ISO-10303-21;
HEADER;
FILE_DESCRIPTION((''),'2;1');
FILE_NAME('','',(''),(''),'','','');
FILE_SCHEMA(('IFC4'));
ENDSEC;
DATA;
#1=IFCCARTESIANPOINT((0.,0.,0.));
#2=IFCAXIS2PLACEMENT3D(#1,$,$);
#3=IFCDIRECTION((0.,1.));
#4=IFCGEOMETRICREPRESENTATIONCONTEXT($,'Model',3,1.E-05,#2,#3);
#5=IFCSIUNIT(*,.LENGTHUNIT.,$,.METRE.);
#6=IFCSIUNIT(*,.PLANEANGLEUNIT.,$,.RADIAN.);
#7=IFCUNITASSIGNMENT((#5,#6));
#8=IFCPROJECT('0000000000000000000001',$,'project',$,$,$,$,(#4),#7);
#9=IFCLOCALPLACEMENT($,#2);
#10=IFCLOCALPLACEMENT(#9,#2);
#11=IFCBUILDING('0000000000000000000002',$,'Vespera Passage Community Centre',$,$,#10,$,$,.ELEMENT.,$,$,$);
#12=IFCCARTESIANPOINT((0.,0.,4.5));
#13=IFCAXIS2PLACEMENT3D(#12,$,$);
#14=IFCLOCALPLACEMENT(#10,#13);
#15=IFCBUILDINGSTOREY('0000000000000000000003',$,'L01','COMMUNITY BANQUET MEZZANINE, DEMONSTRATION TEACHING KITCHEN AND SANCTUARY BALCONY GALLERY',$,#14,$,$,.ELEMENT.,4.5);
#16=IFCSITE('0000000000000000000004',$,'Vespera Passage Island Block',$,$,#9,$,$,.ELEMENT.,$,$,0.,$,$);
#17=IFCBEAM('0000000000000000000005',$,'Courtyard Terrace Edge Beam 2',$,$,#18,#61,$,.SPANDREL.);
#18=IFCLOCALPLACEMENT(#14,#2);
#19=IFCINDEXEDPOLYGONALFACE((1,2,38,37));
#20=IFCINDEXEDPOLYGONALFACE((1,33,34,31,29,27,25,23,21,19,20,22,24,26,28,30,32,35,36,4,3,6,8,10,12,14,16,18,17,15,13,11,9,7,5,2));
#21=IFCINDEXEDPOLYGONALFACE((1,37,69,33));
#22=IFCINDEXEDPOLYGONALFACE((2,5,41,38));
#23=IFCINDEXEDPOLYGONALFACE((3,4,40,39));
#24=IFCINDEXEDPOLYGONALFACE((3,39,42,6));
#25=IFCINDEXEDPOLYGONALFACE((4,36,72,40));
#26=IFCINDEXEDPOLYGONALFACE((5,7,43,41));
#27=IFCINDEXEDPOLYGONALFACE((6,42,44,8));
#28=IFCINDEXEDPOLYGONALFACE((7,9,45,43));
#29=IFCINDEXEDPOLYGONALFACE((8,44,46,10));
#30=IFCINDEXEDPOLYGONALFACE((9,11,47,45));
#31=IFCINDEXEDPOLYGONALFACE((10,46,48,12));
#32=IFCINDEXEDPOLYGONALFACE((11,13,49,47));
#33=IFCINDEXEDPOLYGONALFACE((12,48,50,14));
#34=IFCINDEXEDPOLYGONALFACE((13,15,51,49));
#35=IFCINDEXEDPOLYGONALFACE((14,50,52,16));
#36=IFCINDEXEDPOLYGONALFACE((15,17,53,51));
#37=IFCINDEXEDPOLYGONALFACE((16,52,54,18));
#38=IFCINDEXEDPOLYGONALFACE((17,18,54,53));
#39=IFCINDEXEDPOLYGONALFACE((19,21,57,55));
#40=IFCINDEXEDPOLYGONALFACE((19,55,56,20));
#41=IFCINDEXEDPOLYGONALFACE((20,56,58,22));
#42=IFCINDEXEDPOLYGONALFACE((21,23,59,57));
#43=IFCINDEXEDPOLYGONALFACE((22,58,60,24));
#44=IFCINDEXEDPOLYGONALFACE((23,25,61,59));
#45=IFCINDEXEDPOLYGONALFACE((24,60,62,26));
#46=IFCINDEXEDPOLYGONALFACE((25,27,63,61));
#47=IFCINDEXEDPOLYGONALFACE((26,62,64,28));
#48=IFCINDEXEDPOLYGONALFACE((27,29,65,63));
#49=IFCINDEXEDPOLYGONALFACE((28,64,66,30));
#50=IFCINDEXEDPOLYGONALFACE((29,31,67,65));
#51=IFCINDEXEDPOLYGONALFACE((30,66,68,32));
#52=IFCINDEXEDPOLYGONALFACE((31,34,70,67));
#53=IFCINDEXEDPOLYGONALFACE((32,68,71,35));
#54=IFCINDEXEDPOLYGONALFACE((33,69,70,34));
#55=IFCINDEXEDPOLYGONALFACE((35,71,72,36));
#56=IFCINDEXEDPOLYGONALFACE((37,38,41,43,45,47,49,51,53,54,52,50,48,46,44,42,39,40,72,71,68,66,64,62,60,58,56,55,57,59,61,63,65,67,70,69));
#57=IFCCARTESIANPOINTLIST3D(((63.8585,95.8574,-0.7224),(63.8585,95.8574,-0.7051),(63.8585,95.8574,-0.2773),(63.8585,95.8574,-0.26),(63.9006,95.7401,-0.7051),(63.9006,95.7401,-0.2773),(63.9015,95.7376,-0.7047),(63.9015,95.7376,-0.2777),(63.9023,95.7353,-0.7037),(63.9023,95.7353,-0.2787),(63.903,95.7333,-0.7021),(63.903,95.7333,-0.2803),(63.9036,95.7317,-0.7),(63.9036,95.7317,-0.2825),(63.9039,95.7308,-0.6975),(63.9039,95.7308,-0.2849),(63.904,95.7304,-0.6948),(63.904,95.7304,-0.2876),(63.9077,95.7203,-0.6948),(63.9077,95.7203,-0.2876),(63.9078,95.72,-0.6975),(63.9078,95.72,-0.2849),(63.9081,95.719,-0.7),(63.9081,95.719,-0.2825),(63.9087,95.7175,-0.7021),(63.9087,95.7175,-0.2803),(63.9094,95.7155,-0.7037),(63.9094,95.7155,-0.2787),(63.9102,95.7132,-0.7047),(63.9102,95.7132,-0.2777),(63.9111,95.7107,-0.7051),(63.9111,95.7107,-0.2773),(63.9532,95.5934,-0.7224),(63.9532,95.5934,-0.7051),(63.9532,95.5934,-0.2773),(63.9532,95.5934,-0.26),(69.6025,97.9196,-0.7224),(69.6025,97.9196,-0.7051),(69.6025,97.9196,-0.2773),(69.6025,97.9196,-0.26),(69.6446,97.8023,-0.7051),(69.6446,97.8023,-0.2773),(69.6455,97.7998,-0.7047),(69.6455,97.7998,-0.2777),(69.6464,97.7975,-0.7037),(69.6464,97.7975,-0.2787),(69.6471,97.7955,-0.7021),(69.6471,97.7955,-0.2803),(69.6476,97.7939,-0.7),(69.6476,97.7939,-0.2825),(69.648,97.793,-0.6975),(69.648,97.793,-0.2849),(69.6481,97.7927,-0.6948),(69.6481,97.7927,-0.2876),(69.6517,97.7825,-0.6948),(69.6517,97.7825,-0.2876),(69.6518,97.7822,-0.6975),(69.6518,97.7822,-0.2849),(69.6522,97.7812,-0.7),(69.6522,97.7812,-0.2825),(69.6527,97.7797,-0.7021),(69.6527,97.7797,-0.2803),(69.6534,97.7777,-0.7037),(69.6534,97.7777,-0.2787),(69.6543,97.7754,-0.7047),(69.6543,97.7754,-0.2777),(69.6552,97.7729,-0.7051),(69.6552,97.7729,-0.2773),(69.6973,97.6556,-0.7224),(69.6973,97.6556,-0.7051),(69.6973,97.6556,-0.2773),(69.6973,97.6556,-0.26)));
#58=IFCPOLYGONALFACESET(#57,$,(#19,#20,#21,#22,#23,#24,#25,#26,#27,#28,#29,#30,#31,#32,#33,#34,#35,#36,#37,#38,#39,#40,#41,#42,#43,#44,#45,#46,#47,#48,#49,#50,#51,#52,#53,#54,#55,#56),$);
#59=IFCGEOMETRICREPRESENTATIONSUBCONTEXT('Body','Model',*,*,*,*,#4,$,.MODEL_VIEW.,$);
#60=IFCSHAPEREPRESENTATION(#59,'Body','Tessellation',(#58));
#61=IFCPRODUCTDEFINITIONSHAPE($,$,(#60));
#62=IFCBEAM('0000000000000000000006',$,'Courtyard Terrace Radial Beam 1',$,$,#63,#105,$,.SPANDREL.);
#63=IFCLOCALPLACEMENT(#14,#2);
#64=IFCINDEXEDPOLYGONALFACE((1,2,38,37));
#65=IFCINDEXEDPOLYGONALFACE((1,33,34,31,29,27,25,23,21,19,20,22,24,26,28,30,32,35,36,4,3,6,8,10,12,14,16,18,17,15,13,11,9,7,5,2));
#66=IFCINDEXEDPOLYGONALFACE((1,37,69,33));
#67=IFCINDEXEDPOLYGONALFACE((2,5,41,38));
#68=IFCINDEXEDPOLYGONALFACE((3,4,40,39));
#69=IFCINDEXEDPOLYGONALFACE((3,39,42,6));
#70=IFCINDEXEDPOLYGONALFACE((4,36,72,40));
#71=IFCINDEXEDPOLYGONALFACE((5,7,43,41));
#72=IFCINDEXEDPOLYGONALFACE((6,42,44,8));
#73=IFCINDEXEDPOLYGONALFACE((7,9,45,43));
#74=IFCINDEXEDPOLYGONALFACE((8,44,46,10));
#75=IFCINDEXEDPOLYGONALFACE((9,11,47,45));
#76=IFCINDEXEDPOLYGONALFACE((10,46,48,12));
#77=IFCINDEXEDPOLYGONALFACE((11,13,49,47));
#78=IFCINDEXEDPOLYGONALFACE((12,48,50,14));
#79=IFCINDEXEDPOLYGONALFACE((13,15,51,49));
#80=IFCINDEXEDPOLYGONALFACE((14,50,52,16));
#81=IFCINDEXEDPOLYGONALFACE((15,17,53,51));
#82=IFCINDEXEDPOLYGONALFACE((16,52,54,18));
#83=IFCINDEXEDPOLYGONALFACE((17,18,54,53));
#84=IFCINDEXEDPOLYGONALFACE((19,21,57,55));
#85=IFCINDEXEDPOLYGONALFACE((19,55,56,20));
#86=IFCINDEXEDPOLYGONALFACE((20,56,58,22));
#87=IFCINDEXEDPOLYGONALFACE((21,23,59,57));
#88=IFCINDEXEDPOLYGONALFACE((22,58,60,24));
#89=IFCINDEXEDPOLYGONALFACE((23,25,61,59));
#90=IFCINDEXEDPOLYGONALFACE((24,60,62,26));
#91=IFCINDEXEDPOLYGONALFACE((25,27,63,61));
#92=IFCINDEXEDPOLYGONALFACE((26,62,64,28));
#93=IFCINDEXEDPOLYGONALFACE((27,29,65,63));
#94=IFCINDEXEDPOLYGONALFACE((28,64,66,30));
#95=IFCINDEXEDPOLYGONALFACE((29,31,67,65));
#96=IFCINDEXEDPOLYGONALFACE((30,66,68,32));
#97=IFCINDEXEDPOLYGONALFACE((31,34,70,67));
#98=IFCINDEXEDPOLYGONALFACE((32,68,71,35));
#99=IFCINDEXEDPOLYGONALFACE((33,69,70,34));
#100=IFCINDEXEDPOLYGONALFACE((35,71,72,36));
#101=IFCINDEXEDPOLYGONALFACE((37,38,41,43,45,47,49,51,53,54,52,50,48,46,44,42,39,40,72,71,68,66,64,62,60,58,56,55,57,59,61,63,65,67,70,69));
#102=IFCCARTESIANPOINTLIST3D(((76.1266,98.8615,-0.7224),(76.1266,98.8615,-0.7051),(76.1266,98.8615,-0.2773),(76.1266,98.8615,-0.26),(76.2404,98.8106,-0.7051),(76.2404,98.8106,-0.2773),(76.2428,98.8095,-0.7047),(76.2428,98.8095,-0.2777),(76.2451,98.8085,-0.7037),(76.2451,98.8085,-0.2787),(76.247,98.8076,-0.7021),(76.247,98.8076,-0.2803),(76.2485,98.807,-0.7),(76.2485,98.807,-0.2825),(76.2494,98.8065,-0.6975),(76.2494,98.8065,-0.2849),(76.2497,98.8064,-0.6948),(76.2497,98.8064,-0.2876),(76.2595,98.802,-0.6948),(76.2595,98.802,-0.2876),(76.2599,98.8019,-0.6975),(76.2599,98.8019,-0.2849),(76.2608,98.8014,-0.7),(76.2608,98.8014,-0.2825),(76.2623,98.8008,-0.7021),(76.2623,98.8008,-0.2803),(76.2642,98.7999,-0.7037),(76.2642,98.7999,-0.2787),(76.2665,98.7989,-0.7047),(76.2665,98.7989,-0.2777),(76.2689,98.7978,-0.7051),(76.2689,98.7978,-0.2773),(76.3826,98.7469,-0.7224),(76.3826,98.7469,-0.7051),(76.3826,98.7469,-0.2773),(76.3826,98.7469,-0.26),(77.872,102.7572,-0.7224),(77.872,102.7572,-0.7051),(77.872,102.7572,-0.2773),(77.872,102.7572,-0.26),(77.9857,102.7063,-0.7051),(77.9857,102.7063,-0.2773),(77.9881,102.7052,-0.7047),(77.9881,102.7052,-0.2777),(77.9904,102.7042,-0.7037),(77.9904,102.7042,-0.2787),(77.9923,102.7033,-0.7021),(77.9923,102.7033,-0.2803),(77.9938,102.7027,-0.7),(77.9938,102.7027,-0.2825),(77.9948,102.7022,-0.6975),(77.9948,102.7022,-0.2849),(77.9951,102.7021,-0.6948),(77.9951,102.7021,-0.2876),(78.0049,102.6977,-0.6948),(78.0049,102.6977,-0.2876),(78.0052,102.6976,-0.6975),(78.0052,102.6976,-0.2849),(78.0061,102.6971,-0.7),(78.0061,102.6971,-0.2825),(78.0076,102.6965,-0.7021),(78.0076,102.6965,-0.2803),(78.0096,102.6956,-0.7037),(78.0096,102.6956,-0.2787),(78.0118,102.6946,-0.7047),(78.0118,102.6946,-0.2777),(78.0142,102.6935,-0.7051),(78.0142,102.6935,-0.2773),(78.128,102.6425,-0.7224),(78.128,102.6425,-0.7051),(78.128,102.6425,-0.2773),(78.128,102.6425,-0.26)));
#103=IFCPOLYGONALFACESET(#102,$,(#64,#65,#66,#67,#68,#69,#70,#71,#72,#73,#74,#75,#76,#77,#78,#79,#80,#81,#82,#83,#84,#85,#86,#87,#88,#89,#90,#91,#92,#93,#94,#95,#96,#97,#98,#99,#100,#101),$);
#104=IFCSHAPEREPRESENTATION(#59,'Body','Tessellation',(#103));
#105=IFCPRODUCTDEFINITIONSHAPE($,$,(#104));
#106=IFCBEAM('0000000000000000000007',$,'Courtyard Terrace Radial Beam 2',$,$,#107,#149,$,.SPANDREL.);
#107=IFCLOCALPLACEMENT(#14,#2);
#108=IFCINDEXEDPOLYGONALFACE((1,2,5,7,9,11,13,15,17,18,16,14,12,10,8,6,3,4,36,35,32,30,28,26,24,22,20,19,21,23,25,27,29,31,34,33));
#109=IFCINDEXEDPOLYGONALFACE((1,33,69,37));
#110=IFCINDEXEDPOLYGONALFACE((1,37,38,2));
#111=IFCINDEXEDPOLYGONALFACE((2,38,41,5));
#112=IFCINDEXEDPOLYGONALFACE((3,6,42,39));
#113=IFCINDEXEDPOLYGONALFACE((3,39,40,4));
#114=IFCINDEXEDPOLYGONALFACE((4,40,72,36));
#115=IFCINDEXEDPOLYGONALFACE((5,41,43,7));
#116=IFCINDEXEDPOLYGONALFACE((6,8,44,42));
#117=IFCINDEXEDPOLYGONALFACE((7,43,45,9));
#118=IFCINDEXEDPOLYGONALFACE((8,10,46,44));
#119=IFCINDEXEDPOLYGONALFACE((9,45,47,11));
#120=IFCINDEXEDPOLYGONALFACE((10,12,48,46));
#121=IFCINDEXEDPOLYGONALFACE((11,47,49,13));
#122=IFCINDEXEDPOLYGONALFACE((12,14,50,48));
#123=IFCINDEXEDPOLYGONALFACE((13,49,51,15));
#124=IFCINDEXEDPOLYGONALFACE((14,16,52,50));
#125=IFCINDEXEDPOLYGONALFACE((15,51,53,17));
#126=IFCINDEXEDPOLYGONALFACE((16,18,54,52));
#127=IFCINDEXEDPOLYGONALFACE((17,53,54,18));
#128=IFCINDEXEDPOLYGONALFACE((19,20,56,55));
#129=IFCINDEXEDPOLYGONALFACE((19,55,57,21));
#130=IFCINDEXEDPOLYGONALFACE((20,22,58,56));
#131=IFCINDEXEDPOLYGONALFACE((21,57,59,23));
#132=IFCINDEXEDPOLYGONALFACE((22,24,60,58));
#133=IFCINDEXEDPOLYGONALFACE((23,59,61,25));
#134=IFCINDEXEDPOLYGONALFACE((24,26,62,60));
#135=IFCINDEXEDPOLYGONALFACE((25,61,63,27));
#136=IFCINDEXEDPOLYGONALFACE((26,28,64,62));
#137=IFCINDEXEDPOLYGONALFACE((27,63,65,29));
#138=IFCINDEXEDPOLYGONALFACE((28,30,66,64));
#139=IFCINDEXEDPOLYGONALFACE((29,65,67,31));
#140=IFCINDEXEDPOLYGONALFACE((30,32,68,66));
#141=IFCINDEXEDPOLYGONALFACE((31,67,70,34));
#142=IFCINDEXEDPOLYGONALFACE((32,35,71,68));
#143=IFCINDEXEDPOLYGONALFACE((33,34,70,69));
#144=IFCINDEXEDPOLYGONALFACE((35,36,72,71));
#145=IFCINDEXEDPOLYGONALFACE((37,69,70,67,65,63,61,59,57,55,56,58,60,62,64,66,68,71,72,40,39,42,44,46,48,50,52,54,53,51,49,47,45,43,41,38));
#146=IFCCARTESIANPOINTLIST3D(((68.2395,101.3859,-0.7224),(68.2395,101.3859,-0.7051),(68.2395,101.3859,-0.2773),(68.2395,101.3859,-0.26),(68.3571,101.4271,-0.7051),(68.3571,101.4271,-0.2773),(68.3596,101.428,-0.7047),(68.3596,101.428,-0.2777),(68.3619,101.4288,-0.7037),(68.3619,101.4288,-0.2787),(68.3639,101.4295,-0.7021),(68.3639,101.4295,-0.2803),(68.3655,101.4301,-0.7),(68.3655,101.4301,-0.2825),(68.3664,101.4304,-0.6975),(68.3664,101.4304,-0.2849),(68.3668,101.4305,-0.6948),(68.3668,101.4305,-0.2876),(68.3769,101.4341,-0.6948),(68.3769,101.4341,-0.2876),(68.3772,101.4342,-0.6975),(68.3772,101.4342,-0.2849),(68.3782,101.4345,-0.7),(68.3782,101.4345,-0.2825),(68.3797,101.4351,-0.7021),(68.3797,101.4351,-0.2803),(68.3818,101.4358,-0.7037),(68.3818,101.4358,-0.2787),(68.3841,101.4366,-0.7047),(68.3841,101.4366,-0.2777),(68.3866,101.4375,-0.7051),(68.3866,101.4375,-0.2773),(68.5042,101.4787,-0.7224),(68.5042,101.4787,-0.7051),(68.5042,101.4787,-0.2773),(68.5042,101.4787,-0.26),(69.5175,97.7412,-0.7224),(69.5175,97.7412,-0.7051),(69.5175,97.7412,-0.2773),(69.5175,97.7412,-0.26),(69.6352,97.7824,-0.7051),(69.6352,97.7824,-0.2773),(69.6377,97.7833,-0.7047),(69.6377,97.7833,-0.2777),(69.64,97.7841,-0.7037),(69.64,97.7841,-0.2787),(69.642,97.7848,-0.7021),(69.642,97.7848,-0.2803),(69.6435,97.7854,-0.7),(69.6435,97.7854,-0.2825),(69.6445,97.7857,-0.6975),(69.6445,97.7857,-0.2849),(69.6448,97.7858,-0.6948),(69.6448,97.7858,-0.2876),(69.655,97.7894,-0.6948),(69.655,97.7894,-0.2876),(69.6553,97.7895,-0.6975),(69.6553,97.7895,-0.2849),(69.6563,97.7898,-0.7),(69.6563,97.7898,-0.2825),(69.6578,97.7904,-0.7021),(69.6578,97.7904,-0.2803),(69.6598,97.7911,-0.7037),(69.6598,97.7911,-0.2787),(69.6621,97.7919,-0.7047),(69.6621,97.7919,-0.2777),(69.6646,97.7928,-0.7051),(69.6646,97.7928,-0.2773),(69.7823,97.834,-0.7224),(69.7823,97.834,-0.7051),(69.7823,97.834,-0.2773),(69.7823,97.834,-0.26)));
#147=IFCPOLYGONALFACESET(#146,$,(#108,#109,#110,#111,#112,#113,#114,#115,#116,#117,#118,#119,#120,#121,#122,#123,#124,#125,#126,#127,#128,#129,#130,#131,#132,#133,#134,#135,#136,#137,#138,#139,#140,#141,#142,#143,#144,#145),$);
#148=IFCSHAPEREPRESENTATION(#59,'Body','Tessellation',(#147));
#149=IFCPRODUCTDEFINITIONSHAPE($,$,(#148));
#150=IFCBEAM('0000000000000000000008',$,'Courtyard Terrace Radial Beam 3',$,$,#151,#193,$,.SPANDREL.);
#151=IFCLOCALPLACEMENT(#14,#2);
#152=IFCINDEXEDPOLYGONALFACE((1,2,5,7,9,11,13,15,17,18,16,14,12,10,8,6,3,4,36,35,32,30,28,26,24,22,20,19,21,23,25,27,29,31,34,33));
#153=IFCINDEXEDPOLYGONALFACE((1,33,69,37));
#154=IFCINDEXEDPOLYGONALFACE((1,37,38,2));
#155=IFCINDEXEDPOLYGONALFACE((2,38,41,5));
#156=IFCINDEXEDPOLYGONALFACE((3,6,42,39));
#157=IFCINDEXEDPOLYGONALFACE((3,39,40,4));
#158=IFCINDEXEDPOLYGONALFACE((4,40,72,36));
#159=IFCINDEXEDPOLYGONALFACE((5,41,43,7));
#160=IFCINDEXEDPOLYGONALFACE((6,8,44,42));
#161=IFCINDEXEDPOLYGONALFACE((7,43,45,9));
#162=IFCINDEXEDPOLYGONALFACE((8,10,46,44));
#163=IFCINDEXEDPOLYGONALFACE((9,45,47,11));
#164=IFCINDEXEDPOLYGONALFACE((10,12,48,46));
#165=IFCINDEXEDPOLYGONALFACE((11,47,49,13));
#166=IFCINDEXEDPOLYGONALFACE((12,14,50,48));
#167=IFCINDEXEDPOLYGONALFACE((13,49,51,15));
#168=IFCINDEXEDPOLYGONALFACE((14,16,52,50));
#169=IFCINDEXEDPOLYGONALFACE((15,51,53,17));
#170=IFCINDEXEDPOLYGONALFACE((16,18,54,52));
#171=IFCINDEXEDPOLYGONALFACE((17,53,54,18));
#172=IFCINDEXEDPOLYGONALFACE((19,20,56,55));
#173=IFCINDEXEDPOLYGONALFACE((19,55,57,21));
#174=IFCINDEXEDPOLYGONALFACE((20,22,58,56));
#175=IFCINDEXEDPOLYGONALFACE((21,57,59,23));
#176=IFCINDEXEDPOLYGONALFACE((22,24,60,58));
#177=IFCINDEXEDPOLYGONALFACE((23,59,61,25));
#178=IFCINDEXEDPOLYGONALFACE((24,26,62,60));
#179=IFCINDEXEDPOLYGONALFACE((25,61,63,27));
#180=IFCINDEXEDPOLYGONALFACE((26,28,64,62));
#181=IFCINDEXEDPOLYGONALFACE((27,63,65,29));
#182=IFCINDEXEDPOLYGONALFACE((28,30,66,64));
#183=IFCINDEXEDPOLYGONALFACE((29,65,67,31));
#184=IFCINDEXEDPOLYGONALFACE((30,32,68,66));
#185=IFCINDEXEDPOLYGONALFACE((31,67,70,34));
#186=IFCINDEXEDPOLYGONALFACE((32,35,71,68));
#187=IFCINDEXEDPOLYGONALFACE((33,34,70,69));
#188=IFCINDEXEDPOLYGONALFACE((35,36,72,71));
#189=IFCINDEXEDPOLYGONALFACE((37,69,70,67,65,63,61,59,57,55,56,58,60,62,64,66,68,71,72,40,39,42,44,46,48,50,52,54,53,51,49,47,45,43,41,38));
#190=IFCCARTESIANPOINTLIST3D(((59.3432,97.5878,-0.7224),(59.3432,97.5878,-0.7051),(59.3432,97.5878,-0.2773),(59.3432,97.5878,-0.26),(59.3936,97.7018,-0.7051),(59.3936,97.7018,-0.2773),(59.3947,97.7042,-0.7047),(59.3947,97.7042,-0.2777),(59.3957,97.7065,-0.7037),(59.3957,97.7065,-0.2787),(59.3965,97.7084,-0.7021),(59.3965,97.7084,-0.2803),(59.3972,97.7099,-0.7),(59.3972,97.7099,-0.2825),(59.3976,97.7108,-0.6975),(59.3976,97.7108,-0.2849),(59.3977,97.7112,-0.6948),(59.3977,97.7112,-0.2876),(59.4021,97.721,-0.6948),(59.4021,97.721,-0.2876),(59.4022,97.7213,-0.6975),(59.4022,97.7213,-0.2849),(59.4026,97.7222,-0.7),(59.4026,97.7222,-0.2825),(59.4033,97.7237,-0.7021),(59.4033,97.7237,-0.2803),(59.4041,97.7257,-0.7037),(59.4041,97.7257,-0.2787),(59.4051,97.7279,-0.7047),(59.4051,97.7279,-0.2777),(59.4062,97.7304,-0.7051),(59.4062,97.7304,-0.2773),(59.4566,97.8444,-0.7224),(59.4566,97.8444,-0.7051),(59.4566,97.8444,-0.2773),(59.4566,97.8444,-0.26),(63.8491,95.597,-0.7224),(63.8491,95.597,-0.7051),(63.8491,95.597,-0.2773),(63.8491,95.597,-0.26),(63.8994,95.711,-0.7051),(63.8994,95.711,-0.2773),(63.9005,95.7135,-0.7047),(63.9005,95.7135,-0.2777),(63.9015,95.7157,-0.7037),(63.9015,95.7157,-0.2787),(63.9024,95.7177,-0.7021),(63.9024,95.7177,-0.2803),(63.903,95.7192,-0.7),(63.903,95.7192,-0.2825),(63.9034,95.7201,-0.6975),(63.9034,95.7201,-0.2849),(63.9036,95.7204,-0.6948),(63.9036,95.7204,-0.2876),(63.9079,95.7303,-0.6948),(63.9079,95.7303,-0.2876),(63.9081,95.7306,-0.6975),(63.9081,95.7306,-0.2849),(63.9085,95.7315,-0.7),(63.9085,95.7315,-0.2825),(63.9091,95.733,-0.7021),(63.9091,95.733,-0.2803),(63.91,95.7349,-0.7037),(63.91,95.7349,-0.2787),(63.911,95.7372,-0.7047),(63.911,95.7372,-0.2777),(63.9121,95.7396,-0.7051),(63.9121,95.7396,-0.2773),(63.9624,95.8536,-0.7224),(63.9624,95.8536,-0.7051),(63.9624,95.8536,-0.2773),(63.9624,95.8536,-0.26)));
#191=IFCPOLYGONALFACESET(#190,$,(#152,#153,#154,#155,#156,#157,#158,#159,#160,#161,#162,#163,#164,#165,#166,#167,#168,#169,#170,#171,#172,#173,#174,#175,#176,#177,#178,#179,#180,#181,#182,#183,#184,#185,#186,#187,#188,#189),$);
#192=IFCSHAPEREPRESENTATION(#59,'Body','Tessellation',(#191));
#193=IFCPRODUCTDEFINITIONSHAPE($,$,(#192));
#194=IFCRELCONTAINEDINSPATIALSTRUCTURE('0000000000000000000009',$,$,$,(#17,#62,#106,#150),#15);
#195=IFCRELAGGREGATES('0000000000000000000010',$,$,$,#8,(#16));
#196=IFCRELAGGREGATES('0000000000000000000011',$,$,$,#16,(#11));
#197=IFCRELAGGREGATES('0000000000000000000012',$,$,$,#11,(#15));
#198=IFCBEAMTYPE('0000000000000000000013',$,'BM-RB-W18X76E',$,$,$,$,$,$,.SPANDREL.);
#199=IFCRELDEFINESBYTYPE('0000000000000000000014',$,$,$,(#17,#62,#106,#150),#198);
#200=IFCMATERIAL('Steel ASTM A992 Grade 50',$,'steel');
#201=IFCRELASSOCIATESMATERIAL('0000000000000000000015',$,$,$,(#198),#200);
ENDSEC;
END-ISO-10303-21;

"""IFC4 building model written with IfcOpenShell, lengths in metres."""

from ifc_helpers import new_model, si_unit, direction, frame, origin, origin_2d, place, context, subcontext, project, spatial, i_section, extrude, material, material_profile, profile_set, type_object, element, save


model = new_model("IFC4")

# Units and contexts
model_context = context("Model", 3, precision=1e-05, world=origin(), true_north=direction((0.0, 1.0)))
body_context = subcontext(model_context, "Body", "Model", "MODEL_VIEW")
ifc_project = project(units=[si_unit("LENGTHUNIT", "METRE"), si_unit("PLANEANGLEUNIT", "RADIAN")], contexts=[model_context])

# Site, building, storey
site_placement = place(None, origin())
site = spatial("IfcSite", under=ifc_project, at=site_placement, Name="Vespera Passage Island Block", CompositionType="ELEMENT", RefElevation=0.0)
building_placement = place(site_placement, origin())
building = spatial("IfcBuilding", under=site, at=building_placement, Name="Vespera Passage Community Centre", CompositionType="ELEMENT")
storey_placement = place(building_placement, frame((0.0, 0.0, 4.5)))
storey = spatial("IfcBuildingStorey", under=building, at=storey_placement, Name="L01", Description="COMMUNITY BANQUET MEZZANINE, DEMONSTRATION TEACHING KITCHEN AND SANCTUARY BALCONY GALLERY", CompositionType="ELEMENT", Elevation=4.5)

# Beams
ifc_material_1 = material(Name="Steel ASTM A992 Grade 50", Category="steel")
ifc_material_profile_1 = material_profile(ifc_material_1, i_section(OverallWidth=0.2805, OverallDepth=0.4624, WebThickness=0.0107, FlangeThickness=0.0173, FilletRadius=0.0103, at=origin_2d()), Name="W18X76")
ifc_profile_set_1 = profile_set([ifc_material_profile_1], Name="Steel ASTM A992 Grade 50")
beam_type_1 = type_object("IfcBeamType", Name="BM-RB-W18X76E", PredefinedType="SPANDREL", material=ifc_profile_set_1)
beam_1_placement = place(storey_placement, frame((69.6499, 97.7876, -0.4912), z_axis=(-0.941181, -0.337902, 0.0), x_axis=(0.337902, -0.941181, 0.0)))
element("IfcBeam", 1, at=beam_1_placement, inside=storey, type_object=beam_type_1, Name="Courtyard Terrace Edge Beam 2", PredefinedType="SPANDREL", context=body_context, shape_type="SweptSolid", body=[
    extrude(i_section(OverallWidth=0.2805, OverallDepth=0.4624, WebThickness=0.0107, FlangeThickness=0.0173, FilletRadius=0.0103, at=origin_2d()), origin(), (0.0, 0.0, 1.0), 6.103),
])
beam_2_placement = place(storey_placement, frame((76.2546, 98.8042, -0.4912), z_axis=(0.408859, 0.912598, 0.0), x_axis=(-0.912598, 0.408859, 0.0)))
element("IfcBeam", 2, at=beam_2_placement, inside=storey, type_object=beam_type_1, Name="Courtyard Terrace Radial Beam 1", PredefinedType="SPANDREL", context=body_context, shape_type="SweptSolid", body=[
    extrude(i_section(OverallWidth=0.2805, OverallDepth=0.4624, WebThickness=0.0107, FlangeThickness=0.0173, FilletRadius=0.0103, at=origin_2d()), origin(), (0.0, 0.0, 1.0), 4.2688),
])
beam_3_placement = place(storey_placement, frame((69.6499, 97.7876, -0.4912), z_axis=(-0.330905, 0.943664, 0.0), x_axis=(-0.943664, -0.330905, 0.0)))
element("IfcBeam", 3, at=beam_3_placement, inside=storey, type_object=beam_type_1, Name="Courtyard Terrace Radial Beam 2", PredefinedType="SPANDREL", context=body_context, shape_type="SweptSolid", body=[
    extrude(i_section(OverallWidth=0.2805, OverallDepth=0.4624, WebThickness=0.0107, FlangeThickness=0.0173, FilletRadius=0.0103, at=origin_2d()), origin(), (0.0, 0.0, 1.0), 3.8623),
])
beam_4_placement = place(storey_placement, frame((63.9058, 95.7253, -0.4912), z_axis=(-0.914704, 0.404123, 0.0), x_axis=(-0.404123, -0.914704, 0.0)))
element("IfcBeam", 4, at=beam_4_placement, inside=storey, type_object=beam_type_1, Name="Courtyard Terrace Radial Beam 3", PredefinedType="SPANDREL", context=body_context, shape_type="SweptSolid", body=[
    extrude(i_section(OverallWidth=0.2805, OverallDepth=0.4624, WebThickness=0.0107, FlangeThickness=0.0173, FilletRadius=0.0103, at=origin_2d()), origin(), (0.0, 0.0, 1.0), 4.926),
])

save(model, "model.ifc")
